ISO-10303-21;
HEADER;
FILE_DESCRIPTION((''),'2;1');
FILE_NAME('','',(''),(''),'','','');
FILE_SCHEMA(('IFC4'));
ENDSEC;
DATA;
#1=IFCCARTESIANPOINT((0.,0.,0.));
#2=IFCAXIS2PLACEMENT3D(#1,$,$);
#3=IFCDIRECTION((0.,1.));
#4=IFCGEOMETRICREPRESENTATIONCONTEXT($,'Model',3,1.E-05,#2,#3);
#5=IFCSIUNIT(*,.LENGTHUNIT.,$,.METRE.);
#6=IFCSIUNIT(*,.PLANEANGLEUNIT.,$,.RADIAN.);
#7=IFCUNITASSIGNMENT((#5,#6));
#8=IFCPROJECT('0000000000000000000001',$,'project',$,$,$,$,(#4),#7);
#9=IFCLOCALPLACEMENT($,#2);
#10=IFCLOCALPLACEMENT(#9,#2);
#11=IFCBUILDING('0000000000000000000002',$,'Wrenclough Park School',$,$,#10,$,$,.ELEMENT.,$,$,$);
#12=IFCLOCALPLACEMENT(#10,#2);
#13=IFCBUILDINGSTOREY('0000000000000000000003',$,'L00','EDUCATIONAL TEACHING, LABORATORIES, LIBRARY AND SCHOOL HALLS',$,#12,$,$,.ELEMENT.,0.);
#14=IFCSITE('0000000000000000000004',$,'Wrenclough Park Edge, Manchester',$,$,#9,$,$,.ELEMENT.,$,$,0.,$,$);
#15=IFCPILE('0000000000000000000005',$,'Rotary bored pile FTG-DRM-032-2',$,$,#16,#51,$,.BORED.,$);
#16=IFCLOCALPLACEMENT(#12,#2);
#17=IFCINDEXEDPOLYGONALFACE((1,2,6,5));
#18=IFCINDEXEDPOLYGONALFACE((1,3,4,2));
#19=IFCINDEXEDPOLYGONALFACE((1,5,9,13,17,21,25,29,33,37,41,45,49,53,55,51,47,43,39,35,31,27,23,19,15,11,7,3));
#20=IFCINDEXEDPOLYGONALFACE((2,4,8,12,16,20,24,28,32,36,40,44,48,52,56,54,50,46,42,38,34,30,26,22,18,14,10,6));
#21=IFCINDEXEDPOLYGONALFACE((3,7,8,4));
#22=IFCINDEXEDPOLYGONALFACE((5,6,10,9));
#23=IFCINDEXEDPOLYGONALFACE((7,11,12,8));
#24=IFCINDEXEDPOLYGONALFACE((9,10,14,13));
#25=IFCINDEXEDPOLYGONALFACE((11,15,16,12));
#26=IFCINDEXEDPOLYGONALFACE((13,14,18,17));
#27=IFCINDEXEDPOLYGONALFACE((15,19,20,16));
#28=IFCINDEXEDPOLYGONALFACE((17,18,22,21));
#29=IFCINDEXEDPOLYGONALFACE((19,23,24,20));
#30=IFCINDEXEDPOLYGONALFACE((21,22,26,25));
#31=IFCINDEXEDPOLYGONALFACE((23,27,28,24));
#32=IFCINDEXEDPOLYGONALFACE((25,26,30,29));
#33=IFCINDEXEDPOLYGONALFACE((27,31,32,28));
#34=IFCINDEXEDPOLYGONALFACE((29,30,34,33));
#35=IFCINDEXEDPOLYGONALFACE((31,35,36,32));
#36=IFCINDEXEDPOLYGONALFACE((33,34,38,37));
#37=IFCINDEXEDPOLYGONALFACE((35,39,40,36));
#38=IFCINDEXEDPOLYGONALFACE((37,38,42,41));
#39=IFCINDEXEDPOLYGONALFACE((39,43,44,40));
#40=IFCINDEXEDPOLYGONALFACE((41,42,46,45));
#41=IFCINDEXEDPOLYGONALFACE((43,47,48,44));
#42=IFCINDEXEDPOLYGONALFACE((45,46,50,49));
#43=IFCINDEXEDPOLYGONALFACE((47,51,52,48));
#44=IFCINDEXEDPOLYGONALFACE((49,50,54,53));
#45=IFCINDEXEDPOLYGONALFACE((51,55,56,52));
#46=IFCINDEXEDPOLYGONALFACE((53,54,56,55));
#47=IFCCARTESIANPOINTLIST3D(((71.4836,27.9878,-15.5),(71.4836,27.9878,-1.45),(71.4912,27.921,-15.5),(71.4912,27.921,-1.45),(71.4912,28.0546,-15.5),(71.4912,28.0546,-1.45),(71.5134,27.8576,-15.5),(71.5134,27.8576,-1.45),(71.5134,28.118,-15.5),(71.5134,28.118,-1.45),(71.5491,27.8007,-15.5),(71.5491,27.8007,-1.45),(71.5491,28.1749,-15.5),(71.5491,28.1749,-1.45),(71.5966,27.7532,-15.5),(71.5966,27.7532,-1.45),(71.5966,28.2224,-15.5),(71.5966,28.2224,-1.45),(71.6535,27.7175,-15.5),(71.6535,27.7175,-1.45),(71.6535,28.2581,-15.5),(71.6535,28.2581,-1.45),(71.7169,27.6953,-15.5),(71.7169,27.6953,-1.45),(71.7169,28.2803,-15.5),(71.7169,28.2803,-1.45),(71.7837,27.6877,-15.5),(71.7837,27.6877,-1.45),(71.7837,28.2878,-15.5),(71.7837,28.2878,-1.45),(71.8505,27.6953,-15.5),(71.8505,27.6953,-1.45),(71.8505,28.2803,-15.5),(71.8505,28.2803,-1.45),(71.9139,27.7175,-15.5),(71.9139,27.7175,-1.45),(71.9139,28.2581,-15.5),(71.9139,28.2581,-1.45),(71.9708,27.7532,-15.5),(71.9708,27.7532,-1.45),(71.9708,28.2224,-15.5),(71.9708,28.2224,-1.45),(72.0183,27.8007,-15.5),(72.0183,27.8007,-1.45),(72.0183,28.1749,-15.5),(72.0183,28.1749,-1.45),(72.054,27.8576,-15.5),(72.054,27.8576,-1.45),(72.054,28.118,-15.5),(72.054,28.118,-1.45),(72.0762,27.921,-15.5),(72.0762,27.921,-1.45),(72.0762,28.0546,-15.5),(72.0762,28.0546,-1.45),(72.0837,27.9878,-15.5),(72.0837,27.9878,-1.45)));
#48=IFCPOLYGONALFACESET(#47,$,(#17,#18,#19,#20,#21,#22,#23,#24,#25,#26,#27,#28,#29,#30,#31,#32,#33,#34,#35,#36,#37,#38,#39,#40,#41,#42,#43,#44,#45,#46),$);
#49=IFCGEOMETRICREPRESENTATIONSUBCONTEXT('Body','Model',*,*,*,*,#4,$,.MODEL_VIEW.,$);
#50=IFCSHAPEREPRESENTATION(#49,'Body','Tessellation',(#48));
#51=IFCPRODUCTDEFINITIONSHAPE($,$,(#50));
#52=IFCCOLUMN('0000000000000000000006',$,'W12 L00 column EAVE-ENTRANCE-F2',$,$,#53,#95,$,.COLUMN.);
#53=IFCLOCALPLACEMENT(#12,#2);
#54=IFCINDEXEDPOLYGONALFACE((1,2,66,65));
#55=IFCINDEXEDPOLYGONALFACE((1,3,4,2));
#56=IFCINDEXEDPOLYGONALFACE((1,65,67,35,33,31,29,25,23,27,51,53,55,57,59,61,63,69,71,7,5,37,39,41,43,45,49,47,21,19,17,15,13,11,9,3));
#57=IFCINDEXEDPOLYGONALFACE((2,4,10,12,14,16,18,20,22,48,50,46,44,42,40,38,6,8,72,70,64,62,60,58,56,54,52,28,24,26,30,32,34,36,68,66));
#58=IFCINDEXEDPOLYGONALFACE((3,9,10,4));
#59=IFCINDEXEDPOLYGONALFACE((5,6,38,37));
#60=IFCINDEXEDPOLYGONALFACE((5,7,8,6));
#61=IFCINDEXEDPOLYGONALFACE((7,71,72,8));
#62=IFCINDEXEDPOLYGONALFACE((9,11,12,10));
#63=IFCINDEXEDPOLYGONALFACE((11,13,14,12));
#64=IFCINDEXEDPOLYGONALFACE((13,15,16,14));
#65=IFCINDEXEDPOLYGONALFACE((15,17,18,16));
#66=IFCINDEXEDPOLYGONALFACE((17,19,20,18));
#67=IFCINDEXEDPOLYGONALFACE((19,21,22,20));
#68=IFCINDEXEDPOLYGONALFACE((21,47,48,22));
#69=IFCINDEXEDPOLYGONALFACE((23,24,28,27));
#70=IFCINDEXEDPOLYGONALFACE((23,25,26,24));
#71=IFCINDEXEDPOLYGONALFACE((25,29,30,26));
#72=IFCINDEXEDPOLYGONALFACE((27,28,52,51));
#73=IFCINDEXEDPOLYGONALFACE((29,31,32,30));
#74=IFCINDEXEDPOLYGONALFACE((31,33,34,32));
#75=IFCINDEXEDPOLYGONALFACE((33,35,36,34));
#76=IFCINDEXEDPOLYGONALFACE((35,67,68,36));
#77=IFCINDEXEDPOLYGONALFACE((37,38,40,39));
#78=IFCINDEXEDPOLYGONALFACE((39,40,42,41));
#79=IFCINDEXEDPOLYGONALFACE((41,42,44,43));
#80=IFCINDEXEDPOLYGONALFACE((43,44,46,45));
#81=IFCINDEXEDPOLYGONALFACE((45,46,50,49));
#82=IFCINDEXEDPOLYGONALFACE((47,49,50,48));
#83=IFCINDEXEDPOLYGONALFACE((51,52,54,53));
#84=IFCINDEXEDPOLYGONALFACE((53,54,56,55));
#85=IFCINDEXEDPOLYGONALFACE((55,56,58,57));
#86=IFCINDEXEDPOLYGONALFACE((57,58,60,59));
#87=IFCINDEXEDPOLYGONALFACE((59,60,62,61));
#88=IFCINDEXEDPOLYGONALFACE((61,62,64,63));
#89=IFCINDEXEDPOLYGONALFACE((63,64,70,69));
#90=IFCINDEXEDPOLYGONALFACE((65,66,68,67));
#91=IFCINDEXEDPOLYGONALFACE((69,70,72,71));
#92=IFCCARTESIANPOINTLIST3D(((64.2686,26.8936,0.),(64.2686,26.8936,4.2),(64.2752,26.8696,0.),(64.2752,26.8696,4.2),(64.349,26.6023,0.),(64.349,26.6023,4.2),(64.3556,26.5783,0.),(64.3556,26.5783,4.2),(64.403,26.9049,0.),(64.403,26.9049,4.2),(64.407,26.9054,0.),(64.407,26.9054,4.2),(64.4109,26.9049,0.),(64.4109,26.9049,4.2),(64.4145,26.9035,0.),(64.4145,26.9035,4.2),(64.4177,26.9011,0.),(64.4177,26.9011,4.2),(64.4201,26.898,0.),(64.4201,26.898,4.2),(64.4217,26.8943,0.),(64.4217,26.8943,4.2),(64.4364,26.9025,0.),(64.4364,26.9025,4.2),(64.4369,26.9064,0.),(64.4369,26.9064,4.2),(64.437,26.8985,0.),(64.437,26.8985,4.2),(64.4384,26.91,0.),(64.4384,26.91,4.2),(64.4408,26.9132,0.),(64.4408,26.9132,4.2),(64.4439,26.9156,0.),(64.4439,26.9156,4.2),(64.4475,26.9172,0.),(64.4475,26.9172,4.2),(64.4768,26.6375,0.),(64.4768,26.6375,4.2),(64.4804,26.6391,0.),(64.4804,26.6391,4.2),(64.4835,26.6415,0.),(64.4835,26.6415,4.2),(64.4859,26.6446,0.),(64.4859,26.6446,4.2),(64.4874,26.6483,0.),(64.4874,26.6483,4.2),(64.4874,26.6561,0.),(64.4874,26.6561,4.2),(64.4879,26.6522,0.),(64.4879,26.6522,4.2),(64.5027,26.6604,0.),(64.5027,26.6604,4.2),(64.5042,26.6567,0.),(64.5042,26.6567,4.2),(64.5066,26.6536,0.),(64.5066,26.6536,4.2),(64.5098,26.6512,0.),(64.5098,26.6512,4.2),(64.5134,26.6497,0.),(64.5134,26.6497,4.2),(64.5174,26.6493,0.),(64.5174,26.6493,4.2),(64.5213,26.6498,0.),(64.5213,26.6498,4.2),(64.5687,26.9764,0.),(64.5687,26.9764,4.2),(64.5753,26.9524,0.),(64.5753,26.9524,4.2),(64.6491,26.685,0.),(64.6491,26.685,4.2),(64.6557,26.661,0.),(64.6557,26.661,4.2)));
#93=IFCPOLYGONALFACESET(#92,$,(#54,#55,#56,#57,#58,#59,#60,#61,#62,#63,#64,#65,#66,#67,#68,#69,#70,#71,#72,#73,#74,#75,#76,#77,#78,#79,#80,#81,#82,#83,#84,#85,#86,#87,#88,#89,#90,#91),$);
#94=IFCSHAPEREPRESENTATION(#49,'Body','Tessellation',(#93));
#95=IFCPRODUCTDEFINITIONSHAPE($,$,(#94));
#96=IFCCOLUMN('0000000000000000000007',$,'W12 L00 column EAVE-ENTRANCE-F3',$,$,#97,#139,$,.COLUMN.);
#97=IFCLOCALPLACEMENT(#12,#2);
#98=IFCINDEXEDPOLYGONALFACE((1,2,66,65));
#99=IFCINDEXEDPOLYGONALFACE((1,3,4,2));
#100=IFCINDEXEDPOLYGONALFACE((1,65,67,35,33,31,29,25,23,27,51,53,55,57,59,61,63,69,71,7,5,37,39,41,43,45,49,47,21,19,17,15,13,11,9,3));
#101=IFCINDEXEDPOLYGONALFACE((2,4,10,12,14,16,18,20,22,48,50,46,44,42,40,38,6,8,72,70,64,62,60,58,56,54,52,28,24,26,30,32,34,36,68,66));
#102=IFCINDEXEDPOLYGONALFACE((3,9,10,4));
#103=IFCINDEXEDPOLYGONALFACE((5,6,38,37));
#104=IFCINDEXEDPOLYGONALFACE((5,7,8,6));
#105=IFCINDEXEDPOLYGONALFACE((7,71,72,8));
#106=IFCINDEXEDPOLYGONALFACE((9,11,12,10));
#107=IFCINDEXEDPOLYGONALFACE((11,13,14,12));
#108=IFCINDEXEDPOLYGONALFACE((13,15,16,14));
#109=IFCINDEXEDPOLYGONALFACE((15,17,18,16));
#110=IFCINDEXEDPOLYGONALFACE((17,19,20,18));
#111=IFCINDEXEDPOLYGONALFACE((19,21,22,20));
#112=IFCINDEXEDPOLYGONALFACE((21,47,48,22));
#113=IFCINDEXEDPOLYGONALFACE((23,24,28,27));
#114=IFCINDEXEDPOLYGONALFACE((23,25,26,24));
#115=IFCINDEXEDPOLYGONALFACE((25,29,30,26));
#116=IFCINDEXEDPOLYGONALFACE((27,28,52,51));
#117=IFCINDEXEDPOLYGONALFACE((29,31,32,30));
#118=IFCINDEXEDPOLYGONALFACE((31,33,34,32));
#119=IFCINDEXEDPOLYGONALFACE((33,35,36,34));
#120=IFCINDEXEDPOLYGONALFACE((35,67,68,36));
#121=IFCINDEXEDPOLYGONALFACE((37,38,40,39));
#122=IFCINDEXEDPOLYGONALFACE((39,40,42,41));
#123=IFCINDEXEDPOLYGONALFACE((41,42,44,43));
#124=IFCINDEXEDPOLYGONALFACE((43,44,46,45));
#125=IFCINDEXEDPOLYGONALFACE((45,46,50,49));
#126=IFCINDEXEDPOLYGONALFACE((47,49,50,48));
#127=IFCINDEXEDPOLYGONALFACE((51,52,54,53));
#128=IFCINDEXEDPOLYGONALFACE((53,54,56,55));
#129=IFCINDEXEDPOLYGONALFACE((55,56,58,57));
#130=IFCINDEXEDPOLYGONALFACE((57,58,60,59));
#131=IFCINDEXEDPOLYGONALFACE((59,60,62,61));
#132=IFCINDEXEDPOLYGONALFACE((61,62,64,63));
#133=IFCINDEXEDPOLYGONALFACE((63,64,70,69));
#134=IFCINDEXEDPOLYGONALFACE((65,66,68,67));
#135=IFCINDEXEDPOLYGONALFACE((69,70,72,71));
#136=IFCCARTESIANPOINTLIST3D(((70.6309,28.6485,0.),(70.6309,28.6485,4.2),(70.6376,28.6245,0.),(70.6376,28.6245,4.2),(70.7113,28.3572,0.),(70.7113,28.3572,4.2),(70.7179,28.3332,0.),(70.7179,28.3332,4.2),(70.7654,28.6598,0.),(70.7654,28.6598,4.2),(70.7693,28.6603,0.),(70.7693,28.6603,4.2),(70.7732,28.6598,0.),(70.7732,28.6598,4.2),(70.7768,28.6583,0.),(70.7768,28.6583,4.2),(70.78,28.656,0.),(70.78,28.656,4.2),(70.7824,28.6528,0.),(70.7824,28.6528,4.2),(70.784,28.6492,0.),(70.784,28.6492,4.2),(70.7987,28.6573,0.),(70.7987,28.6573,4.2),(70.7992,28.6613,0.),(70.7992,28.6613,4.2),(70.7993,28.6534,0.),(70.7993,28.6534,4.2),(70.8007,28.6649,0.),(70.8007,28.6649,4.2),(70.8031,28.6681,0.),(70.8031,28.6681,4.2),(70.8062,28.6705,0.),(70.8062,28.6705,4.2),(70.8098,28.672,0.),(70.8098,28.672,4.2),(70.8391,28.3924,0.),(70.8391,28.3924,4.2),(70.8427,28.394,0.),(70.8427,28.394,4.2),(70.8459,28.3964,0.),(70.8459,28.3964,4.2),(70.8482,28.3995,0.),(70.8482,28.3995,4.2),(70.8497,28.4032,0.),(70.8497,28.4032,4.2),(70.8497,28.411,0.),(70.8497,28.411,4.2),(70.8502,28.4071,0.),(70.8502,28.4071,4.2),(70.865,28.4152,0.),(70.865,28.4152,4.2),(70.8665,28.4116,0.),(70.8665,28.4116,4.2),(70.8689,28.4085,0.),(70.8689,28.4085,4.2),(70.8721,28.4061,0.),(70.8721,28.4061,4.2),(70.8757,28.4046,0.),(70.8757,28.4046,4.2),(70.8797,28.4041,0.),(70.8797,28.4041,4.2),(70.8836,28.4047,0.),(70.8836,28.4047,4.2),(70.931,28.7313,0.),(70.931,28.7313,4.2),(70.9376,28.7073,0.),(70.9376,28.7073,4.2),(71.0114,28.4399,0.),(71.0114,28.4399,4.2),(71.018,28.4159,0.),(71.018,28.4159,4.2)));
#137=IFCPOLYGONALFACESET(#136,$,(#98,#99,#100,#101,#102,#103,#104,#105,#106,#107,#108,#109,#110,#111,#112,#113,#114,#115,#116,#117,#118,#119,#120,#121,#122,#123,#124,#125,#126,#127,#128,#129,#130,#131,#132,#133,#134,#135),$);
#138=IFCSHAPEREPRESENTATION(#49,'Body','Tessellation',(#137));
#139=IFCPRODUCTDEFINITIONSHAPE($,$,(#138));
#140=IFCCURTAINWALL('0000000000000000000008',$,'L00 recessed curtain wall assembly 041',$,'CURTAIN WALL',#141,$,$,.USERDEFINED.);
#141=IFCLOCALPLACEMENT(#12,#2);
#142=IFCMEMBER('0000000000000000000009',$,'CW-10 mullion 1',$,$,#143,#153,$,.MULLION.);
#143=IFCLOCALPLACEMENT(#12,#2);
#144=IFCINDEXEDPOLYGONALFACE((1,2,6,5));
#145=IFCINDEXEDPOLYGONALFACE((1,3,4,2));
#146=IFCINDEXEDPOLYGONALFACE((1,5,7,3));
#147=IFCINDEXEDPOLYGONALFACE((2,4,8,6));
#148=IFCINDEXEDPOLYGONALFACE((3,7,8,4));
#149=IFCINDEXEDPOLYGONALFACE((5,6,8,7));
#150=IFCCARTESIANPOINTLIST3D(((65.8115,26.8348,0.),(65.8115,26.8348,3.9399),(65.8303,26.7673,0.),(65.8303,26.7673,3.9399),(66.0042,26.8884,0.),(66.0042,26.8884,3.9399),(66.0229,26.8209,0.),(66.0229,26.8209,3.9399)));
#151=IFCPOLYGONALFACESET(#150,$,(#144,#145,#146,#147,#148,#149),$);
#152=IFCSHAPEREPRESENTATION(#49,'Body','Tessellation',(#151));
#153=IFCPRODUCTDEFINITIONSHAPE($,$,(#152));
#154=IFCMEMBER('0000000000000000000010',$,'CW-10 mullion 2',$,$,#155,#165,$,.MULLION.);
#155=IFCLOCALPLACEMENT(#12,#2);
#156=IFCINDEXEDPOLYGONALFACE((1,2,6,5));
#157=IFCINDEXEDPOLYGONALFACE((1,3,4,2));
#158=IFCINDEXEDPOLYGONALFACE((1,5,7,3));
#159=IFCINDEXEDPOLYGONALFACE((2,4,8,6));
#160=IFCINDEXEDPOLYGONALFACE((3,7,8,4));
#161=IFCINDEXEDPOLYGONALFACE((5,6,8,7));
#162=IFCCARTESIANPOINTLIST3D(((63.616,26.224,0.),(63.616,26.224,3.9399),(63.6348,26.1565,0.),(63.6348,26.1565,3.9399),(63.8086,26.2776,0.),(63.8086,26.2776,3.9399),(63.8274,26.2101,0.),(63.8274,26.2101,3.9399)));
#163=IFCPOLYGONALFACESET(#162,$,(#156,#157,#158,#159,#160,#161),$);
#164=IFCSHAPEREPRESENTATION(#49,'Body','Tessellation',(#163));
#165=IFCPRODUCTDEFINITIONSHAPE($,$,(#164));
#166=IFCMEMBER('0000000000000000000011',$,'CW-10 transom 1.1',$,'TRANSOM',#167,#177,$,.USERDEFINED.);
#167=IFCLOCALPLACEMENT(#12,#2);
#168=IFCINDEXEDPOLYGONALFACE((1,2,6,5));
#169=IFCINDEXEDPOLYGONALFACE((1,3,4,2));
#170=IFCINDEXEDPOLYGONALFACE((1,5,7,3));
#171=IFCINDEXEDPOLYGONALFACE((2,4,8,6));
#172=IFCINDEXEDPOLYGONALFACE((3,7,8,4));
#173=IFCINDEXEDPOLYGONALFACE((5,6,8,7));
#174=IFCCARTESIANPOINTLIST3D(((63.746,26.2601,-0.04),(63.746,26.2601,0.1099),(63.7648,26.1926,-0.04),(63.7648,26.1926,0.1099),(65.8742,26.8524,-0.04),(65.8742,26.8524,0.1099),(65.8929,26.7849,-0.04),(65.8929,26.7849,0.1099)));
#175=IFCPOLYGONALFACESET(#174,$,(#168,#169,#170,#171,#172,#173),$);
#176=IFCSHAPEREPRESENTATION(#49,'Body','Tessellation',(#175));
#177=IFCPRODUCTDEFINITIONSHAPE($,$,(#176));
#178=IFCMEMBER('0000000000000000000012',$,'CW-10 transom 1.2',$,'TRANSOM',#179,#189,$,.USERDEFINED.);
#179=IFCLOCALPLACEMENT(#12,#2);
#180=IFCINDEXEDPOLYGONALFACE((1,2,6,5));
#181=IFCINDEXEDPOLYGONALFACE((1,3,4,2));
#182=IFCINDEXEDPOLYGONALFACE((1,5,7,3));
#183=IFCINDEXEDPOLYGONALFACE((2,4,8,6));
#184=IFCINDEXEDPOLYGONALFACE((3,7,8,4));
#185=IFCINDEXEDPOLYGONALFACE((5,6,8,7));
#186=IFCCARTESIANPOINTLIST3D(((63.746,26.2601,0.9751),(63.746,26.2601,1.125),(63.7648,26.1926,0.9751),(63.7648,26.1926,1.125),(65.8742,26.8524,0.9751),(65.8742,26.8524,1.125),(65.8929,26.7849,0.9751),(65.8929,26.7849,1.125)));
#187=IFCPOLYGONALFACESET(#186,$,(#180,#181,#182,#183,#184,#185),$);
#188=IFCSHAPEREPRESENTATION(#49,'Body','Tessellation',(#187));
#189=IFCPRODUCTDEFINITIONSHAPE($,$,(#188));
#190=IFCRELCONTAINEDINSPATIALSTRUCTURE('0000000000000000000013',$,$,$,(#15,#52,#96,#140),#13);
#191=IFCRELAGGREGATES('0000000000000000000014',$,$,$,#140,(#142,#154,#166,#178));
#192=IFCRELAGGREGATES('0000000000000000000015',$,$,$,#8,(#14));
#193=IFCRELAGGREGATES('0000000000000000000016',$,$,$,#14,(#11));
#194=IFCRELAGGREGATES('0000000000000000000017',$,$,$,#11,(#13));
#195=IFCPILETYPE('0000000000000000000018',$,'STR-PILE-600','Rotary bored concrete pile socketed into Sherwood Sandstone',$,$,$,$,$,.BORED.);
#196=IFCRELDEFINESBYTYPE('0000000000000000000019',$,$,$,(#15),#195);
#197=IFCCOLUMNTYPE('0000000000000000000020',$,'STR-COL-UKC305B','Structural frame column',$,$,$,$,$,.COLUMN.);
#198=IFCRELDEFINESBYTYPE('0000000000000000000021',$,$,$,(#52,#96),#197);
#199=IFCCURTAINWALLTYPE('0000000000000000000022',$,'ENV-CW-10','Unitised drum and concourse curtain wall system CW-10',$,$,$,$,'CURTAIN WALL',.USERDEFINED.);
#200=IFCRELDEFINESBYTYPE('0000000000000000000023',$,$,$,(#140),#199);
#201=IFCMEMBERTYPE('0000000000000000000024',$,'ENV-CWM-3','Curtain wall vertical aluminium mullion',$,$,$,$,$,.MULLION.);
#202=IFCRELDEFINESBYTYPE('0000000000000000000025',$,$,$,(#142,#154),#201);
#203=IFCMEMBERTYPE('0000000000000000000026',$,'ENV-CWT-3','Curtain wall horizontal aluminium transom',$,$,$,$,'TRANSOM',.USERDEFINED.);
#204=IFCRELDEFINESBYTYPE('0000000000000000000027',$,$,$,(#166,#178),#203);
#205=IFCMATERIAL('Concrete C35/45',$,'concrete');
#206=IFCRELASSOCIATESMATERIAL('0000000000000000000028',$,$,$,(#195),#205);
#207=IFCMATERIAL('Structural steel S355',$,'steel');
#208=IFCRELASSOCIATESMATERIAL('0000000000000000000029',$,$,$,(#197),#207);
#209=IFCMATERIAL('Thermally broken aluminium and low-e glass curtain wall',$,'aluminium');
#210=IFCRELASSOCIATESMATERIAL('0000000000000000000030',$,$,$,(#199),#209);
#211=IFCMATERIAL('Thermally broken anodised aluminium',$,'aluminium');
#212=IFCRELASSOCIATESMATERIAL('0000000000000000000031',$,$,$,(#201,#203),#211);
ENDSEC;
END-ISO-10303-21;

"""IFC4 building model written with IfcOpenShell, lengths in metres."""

from ifc_helpers import new_model, si_unit, direction, frame, origin, origin_2d, place, context, subcontext, project, spatial, rectangle, circle, i_section, extrude, material, material_profile, profile_set, type_object, element, aggregate, save


model = new_model("IFC4")

# Units and contexts
model_context = context("Model", 3, precision=1e-05, world=origin(), true_north=direction((0.0, 1.0)))
body_context = subcontext(model_context, "Body", "Model", "MODEL_VIEW")
ifc_project = project(units=[si_unit("LENGTHUNIT", "METRE"), si_unit("PLANEANGLEUNIT", "RADIAN")], contexts=[model_context])

# Site, building, storey
site_placement = place(None, origin())
site = spatial("IfcSite", under=ifc_project, at=site_placement, Name="Wrenclough Park Edge, Manchester", CompositionType="ELEMENT", RefElevation=0.0)
building_placement = place(site_placement, origin())
building = spatial("IfcBuilding", under=site, at=building_placement, Name="Wrenclough Park School", CompositionType="ELEMENT")
storey_placement = place(building_placement, origin())
storey = spatial("IfcBuildingStorey", under=building, at=storey_placement, Name="L00", Description="EDUCATIONAL TEACHING, LABORATORIES, LIBRARY AND SCHOOL HALLS", CompositionType="ELEMENT", Elevation=0.0)

# Shared definitions
ifc_material_1 = material(Name="Concrete C35/45", Category="concrete")

# Pile
ifc_material_profile_1 = material_profile(ifc_material_1, circle(Radius=0.3, at=origin_2d()), Name="BORED PILE D600")
ifc_profile_set_1 = profile_set([ifc_material_profile_1], Name="Concrete C35/45")
pile_type = type_object("IfcPileType", Name="STR-PILE-600", Description="Rotary bored concrete pile socketed into Sherwood Sandstone", PredefinedType="BORED", material=ifc_profile_set_1)
for number, where, z_axis, x_axis, name in (
    (1, (71.7837, 27.9878, -1.45), (0.0, 0.0, -1.0), (1.0, 0.0, 0.0), "Rotary bored pile FTG-DRM-032-2"),
):
    element("IfcPile", number, at=place(storey_placement, frame(where, z_axis=z_axis, x_axis=x_axis)), inside=storey, type_object=pile_type, Name=name, PredefinedType="BORED", context=body_context, shape_type="SweptSolid", body=[
        extrude(circle(Radius=0.3, at=origin_2d()), origin(), (0.0, 0.0, 1.0), 14.05),
    ])

# Columns
ifc_material_2 = material(Name="Structural steel S355", Category="steel")
ifc_material_profile_2 = material_profile(ifc_material_2, i_section(OverallWidth=0.3113, OverallDepth=0.3271, WebThickness=0.0159, FlangeThickness=0.0249, FilletRadius=0.0151, at=origin_2d()), Name="UKC 305x305x158")
ifc_profile_set_2 = profile_set([ifc_material_profile_2], Name="Structural steel S355")
column_type = type_object("IfcColumnType", Name="STR-COL-UKC305B", Description="Structural frame column", PredefinedType="COLUMN", material=ifc_profile_set_2)
for number, where, z_axis, x_axis, name in (
    (2, (64.4622, 26.7773, 0.0), (0.0, 0.0, 1.0), (0.964003, 0.265893, 0.0), "W12 L00 column EAVE-ENTRANCE-F2"),
    (3, (70.8245, 28.5322, 0.0), (0.0, 0.0, 1.0), (0.964003, 0.265893, 0.0), "W12 L00 column EAVE-ENTRANCE-F3"),
):
    element("IfcColumn", number, at=place(storey_placement, frame(where, z_axis=z_axis, x_axis=x_axis)), inside=storey, type_object=column_type, Name=name, PredefinedType="COLUMN", context=body_context, shape_type="SweptSolid", body=[
        extrude(i_section(OverallWidth=0.3113, OverallDepth=0.3271, WebThickness=0.0159, FlangeThickness=0.0249, FilletRadius=0.0151, at=origin_2d()), origin(), (0.0, 0.0, 1.0), 4.2),
    ])

# Curtain wall, members
ifc_material_3 = material(Name="Thermally broken aluminium and low-e glass curtain wall", Category="aluminium")
curtain_wall_type = type_object("IfcCurtainWallType", Name="ENV-CW-10", Description="Unitised drum and concourse curtain wall system CW-10", ElementType="CURTAIN WALL", PredefinedType="USERDEFINED", material=ifc_material_3)
curtain_wall_placement = place(storey_placement, origin())
curtain_wall = element("IfcCurtainWall", 4, at=curtain_wall_placement, inside=storey, type_object=curtain_wall_type, Name="L00 recessed curtain wall assembly 041", ObjectType="CURTAIN WALL", PredefinedType="USERDEFINED")
ifc_material_4 = material(Name="Thermally broken anodised aluminium", Category="aluminium")
ifc_material_profile_3 = material_profile(ifc_material_4, rectangle(XDim=0.0701, YDim=0.2, at=origin_2d()), Name="AL MULLION 70x200")
ifc_profile_set_3 = profile_set([ifc_material_profile_3], Name="Thermally broken anodised aluminium")
member_type_1 = type_object("IfcMemberType", Name="ENV-CWM-3", Description="Curtain wall vertical aluminium mullion", PredefinedType="MULLION", material=ifc_profile_set_3)
member_1_placement = place(storey_placement, frame((65.9172, 26.8279, 0.0), z_axis=(0.0, 0.0, 1.0), x_axis=(0.268069, -0.9634, 0.0)))
member_1 = element("IfcMember", 5, at=member_1_placement, type_object=member_type_1, Name="CW-10 mullion 1", PredefinedType="MULLION", context=body_context, shape_type="SweptSolid", body=[
    extrude(rectangle(XDim=0.0701, YDim=0.2, at=origin_2d()), origin(), (0.0, 0.0, 1.0), 3.9399),
])
member_2_placement = place(storey_placement, frame((63.7217, 26.217, 0.0), z_axis=(0.0, 0.0, 1.0), x_axis=(0.268069, -0.9634, 0.0)))
member_2 = element("IfcMember", 6, at=member_2_placement, type_object=member_type_1, Name="CW-10 mullion 2", PredefinedType="MULLION", context=body_context, shape_type="SweptSolid", body=[
    extrude(rectangle(XDim=0.0701, YDim=0.2, at=origin_2d()), origin(), (0.0, 0.0, 1.0), 3.9399),
])
ifc_material_profile_4 = material_profile(ifc_material_4, rectangle(XDim=0.0701, YDim=0.1499, at=origin_2d()), Name="AL TRANSOM 70x150")
ifc_profile_set_4 = profile_set([ifc_material_profile_4], Name="Thermally broken anodised aluminium")
member_type_2 = type_object("IfcMemberType", Name="ENV-CWT-3", Description="Curtain wall horizontal aluminium transom", ElementType="TRANSOM", PredefinedType="USERDEFINED", material=ifc_profile_set_4)
member_3_placement = place(storey_placement, frame((65.8835, 26.8186, 0.0349), z_axis=(-0.963386, -0.268117, 0.0), x_axis=(0.268117, -0.963386, 0.0)))
member_3 = element("IfcMember", 7, at=member_3_placement, type_object=member_type_2, Name="CW-10 transom 1.1", ObjectType="TRANSOM", PredefinedType="USERDEFINED", context=body_context, shape_type="SweptSolid", body=[
    extrude(rectangle(XDim=0.0701, YDim=0.1499, at=origin_2d()), origin(), (0.0, 0.0, 1.0), 2.209),
])
member_4_placement = place(storey_placement, frame((65.8835, 26.8186, 1.05), z_axis=(-0.963386, -0.268117, 0.0), x_axis=(0.268117, -0.963386, 0.0)))
member_4 = element("IfcMember", 8, at=member_4_placement, type_object=member_type_2, Name="CW-10 transom 1.2", ObjectType="TRANSOM", PredefinedType="USERDEFINED", context=body_context, shape_type="SweptSolid", body=[
    extrude(rectangle(XDim=0.0701, YDim=0.1499, at=origin_2d()), origin(), (0.0, 0.0, 1.0), 2.209),
])

aggregate(curtain_wall, [member_1, member_2, member_3, member_4])

save(model, "model.ifc")
